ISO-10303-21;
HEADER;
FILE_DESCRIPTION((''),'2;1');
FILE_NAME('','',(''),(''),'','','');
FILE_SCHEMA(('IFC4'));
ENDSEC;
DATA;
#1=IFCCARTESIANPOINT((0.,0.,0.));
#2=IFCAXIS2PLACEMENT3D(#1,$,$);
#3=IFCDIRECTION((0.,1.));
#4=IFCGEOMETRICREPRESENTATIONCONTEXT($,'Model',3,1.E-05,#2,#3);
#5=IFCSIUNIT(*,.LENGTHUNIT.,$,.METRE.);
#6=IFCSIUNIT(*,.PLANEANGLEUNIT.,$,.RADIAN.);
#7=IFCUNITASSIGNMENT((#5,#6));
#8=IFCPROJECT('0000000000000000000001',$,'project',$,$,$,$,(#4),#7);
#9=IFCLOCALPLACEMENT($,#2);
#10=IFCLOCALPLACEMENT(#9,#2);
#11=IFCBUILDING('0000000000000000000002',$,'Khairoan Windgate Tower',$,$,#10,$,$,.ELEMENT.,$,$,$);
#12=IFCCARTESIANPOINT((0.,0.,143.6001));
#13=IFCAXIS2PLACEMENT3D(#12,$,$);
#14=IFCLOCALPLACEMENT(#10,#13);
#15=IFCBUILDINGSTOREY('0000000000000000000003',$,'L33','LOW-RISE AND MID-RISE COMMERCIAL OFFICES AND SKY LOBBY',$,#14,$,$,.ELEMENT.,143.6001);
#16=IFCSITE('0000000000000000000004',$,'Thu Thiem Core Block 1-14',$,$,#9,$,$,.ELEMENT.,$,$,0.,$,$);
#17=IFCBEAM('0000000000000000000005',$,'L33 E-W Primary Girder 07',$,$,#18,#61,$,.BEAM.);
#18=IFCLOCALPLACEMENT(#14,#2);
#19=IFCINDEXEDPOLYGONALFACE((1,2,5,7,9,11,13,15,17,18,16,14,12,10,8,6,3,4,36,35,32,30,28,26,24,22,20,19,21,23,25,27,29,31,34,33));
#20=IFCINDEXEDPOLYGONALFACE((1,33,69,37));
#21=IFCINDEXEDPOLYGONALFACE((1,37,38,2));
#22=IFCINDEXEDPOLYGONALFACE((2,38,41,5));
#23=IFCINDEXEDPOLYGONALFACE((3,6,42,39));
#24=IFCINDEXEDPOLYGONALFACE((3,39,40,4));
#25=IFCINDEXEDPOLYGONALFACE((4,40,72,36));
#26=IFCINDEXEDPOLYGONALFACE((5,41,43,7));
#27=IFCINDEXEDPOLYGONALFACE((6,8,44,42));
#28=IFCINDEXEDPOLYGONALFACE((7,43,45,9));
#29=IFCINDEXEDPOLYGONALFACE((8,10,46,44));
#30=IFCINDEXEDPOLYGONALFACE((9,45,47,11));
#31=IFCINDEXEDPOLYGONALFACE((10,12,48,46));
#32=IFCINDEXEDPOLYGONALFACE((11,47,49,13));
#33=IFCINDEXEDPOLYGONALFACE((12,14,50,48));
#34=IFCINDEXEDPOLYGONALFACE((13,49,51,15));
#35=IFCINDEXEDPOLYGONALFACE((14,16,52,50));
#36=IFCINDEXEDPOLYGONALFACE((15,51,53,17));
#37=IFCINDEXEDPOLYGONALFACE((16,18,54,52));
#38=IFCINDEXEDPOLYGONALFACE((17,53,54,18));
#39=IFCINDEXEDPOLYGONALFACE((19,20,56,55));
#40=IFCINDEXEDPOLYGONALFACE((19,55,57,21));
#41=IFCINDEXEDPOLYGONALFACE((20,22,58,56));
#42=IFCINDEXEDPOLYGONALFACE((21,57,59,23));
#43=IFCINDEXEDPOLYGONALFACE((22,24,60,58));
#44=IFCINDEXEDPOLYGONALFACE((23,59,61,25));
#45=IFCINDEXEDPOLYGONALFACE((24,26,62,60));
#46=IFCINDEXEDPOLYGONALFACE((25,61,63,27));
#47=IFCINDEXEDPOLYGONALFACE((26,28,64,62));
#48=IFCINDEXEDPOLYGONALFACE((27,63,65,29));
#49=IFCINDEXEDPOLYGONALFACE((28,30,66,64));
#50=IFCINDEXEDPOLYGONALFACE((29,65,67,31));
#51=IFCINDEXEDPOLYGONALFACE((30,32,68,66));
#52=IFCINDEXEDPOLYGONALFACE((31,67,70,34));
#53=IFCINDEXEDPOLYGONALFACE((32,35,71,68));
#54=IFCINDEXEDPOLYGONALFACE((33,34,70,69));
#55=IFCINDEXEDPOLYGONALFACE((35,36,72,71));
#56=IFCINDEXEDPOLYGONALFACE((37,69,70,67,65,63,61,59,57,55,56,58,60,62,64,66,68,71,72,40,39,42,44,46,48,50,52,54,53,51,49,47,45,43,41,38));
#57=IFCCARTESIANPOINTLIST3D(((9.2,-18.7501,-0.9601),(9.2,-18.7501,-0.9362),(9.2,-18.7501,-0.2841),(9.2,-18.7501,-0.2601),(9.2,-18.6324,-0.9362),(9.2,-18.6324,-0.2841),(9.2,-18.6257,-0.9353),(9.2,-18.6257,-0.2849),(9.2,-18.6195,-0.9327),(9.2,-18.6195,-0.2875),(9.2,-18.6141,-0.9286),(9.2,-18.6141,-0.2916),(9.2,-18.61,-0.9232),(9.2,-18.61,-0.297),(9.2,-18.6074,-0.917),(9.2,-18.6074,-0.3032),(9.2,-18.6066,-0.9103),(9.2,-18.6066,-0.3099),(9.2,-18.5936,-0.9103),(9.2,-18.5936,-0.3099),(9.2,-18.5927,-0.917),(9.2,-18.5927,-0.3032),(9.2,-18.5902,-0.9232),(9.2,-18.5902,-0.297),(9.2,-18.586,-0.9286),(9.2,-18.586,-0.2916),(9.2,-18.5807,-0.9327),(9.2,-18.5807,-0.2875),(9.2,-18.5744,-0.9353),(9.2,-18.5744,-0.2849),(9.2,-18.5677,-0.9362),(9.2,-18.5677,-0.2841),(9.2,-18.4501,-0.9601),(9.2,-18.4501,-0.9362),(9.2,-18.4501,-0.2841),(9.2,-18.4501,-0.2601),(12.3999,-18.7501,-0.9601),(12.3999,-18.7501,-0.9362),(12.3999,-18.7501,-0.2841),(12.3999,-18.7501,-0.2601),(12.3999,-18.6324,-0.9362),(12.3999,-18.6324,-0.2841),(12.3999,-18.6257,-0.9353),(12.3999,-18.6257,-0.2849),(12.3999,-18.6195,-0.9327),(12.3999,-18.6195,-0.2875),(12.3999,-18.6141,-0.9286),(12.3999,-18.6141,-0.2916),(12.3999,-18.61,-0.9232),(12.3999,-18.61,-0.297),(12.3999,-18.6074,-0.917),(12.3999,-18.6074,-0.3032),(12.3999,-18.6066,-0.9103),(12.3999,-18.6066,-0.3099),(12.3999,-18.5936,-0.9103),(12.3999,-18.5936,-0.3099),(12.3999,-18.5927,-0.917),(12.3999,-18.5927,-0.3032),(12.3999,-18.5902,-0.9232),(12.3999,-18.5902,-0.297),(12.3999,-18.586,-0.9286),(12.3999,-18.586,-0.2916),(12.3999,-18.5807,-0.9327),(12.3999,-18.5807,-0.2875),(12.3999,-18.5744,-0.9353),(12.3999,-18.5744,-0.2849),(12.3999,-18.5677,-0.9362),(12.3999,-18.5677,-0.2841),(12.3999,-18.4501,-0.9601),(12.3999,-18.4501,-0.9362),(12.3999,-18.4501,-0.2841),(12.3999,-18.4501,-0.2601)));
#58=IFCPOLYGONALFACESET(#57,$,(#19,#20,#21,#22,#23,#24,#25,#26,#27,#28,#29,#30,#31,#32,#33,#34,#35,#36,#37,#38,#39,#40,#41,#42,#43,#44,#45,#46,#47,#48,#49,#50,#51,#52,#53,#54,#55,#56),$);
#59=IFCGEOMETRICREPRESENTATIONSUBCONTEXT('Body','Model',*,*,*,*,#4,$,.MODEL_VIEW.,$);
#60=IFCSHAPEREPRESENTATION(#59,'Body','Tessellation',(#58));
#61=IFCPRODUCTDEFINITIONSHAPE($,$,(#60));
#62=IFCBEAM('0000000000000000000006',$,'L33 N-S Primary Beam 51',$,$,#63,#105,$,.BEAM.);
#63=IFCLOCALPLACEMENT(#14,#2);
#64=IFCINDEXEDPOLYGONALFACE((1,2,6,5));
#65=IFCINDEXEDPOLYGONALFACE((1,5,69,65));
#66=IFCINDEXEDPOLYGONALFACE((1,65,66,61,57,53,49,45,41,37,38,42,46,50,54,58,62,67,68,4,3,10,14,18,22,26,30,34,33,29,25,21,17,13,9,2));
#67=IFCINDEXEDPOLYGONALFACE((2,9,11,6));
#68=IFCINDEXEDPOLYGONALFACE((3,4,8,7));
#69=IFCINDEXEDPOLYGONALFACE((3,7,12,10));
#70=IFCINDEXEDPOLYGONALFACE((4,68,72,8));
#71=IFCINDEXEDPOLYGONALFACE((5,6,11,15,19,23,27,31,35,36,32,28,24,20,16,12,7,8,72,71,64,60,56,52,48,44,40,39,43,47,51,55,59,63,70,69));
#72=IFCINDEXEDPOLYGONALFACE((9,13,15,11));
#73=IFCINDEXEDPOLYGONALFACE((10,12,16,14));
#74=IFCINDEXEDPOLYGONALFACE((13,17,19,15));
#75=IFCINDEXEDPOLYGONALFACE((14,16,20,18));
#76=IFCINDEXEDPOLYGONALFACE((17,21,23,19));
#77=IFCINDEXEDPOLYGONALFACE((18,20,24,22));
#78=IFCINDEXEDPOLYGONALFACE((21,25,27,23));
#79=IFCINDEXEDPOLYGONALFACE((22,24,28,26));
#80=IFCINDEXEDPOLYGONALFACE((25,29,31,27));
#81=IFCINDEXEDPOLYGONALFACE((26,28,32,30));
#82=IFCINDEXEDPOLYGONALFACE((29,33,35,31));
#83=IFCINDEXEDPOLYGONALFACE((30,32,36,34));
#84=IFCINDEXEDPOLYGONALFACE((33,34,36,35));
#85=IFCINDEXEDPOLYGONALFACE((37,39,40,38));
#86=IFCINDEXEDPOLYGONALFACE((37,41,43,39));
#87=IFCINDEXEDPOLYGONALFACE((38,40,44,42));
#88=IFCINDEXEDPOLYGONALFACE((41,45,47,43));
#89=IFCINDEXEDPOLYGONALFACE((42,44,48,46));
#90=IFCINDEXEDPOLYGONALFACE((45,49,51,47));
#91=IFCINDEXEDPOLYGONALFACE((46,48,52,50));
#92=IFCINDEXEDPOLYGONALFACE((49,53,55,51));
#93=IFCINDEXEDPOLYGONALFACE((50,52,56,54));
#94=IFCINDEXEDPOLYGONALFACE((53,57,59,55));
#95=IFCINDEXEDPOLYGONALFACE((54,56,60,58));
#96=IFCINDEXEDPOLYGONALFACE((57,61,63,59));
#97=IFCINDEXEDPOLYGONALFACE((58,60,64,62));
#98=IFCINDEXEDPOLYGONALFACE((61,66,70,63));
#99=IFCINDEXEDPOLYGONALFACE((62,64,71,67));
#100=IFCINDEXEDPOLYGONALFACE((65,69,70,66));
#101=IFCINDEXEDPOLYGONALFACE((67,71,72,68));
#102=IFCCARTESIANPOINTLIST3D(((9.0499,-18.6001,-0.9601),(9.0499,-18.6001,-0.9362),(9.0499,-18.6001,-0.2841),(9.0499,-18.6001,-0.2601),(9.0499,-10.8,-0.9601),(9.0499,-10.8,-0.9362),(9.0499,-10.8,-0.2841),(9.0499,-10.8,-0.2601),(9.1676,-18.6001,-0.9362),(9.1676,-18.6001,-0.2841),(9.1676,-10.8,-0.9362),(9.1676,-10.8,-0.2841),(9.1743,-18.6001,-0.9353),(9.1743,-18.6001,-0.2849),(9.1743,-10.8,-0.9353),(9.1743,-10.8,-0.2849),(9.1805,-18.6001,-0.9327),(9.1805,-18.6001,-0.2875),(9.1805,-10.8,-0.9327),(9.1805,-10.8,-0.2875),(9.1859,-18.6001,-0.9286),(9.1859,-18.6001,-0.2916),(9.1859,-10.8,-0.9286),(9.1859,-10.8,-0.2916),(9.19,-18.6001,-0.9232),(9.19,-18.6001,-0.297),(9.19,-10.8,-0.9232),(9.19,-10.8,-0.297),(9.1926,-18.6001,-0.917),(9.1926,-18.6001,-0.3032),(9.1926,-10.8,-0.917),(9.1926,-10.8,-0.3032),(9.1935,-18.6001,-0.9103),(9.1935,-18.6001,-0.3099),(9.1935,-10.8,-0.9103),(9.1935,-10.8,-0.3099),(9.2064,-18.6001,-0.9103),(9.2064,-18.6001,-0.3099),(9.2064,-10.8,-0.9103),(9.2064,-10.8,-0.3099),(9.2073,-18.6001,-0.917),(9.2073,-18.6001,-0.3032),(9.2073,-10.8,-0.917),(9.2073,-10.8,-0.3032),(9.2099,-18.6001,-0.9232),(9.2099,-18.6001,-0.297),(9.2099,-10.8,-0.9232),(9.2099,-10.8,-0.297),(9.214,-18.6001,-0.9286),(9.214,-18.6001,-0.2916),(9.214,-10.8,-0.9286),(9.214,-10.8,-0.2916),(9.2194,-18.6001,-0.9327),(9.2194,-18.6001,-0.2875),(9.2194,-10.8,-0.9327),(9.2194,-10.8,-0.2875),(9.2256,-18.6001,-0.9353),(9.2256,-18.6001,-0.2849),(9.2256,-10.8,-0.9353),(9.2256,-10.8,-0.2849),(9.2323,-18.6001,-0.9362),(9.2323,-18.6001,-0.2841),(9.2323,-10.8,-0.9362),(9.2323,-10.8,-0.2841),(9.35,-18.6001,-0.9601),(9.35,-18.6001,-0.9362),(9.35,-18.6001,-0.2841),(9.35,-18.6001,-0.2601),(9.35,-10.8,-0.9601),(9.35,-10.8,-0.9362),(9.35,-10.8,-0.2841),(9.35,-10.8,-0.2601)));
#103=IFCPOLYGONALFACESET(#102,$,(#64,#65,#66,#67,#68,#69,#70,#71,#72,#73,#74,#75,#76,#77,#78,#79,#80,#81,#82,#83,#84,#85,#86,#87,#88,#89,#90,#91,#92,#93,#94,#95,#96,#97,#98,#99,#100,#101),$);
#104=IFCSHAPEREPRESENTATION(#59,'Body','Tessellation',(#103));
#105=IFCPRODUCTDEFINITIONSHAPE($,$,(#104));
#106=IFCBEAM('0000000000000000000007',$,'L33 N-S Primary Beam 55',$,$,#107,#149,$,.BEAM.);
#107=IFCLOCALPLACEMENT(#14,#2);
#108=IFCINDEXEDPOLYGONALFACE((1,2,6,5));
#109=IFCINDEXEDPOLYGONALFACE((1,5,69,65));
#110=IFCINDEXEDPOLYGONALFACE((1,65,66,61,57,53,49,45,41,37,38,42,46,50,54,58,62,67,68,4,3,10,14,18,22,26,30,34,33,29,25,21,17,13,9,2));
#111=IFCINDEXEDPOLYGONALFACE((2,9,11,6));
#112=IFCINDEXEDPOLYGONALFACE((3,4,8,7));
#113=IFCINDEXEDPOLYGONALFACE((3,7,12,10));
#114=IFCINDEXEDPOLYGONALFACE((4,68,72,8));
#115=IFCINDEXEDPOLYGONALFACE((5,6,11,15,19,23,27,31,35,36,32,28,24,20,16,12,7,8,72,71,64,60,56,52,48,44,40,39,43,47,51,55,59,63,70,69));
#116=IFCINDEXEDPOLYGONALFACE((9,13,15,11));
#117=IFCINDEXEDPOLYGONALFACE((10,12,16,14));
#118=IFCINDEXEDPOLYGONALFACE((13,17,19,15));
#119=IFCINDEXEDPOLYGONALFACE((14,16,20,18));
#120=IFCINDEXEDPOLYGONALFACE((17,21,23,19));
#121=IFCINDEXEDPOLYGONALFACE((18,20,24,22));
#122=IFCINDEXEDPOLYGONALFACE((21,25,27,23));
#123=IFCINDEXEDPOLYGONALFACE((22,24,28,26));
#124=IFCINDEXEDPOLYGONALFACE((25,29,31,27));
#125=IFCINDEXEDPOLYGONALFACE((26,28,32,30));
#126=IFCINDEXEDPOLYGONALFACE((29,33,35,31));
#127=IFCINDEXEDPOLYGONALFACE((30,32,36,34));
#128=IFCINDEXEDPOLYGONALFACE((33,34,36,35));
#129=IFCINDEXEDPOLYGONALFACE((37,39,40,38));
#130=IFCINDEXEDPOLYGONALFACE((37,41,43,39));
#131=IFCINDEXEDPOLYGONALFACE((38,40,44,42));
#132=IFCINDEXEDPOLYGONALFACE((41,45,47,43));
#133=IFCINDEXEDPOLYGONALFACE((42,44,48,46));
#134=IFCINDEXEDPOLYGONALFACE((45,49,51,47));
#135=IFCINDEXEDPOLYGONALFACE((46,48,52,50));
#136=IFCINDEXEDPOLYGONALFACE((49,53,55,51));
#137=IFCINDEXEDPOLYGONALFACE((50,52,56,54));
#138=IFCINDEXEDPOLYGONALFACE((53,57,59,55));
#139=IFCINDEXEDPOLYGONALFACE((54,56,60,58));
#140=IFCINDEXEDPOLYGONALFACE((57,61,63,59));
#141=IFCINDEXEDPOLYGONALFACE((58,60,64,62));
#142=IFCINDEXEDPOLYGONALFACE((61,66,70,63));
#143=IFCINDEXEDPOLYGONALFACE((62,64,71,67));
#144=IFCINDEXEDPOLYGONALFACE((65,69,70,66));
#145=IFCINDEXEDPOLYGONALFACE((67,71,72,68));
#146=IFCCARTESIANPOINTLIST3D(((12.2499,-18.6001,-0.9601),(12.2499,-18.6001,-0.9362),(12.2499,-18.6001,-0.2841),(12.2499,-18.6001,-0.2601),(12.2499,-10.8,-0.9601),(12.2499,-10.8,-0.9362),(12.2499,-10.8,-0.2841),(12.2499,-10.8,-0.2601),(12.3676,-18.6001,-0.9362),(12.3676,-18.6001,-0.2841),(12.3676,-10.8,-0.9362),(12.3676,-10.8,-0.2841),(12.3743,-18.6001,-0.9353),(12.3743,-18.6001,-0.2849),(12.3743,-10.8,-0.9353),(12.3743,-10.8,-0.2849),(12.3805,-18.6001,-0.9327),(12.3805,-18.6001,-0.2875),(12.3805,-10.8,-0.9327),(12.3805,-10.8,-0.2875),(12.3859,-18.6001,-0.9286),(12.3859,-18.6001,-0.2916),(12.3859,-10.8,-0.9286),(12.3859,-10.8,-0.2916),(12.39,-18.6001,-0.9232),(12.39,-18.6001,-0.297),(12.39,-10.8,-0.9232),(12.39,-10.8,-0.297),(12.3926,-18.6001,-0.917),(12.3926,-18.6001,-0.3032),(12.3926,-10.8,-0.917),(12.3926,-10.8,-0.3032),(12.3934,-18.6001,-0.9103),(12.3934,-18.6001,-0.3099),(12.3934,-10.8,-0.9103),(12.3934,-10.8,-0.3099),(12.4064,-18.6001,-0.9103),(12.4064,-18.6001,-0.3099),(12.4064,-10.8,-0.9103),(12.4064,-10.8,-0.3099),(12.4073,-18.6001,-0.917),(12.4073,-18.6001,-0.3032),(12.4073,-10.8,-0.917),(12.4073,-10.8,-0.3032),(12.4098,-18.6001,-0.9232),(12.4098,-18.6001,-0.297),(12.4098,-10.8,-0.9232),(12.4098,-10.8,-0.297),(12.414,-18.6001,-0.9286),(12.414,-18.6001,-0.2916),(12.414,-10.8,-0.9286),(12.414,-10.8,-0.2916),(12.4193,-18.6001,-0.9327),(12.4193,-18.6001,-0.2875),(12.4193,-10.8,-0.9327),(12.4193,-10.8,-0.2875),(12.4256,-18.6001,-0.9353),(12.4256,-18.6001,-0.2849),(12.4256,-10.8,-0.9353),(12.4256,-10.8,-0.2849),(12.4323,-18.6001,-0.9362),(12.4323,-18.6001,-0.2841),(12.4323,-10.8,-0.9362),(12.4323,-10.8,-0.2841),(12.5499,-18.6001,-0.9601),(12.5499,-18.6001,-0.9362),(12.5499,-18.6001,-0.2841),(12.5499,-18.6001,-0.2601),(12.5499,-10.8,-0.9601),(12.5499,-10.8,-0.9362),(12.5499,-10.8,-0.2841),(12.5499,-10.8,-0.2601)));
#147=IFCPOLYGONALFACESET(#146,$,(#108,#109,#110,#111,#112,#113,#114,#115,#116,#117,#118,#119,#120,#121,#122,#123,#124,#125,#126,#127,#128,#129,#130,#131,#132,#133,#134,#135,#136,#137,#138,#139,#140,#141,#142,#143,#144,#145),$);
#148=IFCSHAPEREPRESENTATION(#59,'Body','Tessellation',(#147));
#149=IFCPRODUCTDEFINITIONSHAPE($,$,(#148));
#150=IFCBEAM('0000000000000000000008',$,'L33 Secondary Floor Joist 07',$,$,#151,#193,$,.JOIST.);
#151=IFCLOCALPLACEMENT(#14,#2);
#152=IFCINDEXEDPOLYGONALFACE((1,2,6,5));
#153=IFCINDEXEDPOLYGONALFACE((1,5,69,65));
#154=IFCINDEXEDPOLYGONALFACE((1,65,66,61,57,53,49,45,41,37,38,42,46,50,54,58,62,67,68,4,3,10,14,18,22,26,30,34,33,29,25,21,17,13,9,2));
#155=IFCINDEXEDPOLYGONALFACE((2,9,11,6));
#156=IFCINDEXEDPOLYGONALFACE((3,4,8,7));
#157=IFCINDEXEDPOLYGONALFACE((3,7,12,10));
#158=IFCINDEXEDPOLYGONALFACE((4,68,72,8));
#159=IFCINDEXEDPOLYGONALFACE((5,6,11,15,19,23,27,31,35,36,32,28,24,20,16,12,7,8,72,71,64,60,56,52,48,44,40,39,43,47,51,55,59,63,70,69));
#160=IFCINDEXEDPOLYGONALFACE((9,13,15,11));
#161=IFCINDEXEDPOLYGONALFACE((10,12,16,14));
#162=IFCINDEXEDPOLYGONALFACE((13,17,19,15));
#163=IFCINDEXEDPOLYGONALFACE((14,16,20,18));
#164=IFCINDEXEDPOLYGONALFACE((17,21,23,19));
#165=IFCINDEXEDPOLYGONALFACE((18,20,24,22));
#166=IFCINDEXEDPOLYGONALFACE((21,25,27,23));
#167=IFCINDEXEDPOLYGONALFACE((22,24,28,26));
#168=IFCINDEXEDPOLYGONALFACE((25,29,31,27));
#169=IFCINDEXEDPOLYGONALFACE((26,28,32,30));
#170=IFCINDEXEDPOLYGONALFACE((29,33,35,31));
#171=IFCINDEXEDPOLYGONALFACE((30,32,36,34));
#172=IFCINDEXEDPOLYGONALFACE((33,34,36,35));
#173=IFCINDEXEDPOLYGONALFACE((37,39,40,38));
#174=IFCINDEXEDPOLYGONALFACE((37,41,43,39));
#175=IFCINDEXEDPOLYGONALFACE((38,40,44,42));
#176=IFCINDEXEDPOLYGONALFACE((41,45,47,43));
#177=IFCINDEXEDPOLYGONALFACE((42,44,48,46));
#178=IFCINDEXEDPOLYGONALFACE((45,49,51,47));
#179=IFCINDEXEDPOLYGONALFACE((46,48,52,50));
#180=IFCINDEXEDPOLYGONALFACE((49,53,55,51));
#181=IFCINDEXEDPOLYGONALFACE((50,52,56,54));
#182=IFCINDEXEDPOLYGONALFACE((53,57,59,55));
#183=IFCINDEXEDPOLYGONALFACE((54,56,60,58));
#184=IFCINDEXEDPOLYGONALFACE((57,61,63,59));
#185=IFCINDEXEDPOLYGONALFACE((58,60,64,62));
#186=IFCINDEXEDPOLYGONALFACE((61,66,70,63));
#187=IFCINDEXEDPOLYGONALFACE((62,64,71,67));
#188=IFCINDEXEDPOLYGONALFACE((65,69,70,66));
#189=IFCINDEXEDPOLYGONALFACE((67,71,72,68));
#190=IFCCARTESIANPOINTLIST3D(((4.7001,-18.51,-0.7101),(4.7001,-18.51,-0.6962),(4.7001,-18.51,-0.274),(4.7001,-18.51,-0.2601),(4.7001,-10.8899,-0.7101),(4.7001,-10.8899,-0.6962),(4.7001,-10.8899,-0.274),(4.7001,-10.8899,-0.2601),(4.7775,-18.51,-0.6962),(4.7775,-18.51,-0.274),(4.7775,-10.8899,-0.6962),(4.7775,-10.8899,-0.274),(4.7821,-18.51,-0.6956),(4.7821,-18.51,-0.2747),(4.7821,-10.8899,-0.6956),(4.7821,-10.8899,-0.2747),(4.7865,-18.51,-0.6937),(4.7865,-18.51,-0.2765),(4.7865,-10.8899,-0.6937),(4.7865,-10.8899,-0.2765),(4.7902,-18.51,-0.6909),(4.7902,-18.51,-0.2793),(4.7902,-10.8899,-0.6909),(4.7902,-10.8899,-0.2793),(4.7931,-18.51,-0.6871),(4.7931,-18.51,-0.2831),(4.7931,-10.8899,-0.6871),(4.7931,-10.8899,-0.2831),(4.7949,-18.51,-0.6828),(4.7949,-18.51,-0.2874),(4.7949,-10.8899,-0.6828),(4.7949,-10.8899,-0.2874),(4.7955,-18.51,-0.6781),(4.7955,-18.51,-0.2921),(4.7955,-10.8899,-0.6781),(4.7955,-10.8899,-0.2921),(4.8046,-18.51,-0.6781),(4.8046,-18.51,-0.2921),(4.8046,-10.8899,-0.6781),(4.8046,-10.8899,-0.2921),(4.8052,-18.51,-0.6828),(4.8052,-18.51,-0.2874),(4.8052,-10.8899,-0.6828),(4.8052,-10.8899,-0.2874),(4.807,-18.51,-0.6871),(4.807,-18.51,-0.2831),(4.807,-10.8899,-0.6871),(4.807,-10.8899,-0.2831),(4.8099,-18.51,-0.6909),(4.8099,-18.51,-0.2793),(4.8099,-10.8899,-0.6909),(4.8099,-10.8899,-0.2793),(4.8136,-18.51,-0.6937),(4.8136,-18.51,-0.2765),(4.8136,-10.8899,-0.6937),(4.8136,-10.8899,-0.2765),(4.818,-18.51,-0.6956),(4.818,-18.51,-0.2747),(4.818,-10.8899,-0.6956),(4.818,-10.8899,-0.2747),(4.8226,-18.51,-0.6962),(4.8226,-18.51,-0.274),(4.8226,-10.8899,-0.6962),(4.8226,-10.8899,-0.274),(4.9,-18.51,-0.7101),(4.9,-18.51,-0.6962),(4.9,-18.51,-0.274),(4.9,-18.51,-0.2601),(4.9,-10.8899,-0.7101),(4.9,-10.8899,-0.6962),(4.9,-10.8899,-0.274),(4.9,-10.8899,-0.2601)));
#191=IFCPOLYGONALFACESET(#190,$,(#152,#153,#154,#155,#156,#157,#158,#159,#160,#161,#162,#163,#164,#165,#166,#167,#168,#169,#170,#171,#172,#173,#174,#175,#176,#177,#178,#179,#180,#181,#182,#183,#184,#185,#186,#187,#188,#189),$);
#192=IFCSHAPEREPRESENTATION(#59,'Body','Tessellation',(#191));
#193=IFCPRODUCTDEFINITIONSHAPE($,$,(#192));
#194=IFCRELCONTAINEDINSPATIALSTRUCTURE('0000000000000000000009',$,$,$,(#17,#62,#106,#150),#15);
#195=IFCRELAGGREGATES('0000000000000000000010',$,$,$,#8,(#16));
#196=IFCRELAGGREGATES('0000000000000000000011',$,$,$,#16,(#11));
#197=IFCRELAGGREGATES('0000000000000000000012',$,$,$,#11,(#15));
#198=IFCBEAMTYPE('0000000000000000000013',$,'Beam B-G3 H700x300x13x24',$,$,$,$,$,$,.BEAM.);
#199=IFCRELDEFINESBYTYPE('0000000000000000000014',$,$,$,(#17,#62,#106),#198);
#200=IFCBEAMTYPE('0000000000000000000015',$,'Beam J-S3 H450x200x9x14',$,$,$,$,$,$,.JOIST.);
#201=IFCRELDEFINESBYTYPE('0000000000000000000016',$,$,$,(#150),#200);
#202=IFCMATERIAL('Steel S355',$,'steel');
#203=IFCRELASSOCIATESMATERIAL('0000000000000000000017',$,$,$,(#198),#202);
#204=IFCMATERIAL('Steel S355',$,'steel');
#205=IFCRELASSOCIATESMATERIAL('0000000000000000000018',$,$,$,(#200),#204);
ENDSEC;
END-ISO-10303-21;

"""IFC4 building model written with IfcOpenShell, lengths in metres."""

from ifc_helpers import new_model, si_unit, direction, frame, origin, origin_2d, place, context, subcontext, project, spatial, i_section, extrude, material, material_profile, profile_set, type_object, element, save


model = new_model("IFC4")

# Units and contexts
model_context = context("Model", 3, precision=1e-05, world=origin(), true_north=direction((0.0, 1.0)))
body_context = subcontext(model_context, "Body", "Model", "MODEL_VIEW")
ifc_project = project(units=[si_unit("LENGTHUNIT", "METRE"), si_unit("PLANEANGLEUNIT", "RADIAN")], contexts=[model_context])

# Site, building, storey
site_placement = place(None, origin())
site = spatial("IfcSite", under=ifc_project, at=site_placement, Name="Thu Thiem Core Block 1-14", CompositionType="ELEMENT", RefElevation=0.0)
building_placement = place(site_placement, origin())
building = spatial("IfcBuilding", under=site, at=building_placement, Name="Khairoan Windgate Tower", CompositionType="ELEMENT")
storey_placement = place(building_placement, frame((0.0, 0.0, 143.6001)))
storey = spatial("IfcBuildingStorey", under=building, at=storey_placement, Name="L33", Description="LOW-RISE AND MID-RISE COMMERCIAL OFFICES AND SKY LOBBY", CompositionType="ELEMENT", Elevation=143.6001)

# Beams
ifc_material_1 = material(Name="Steel S355", Category="steel")
ifc_material_profile_1 = material_profile(ifc_material_1, i_section(OverallWidth=0.3, OverallDepth=0.7, WebThickness=0.0129, FlangeThickness=0.0239, FilletRadius=0.0259, at=origin_2d()))
ifc_profile_set_1 = profile_set([ifc_material_profile_1], Name="Steel S355")
beam_type_1 = type_object("IfcBeamType", Name="Beam B-G3 H700x300x13x24", PredefinedType="BEAM", material=ifc_profile_set_1)
beam_1_placement = place(storey_placement, frame((9.2, -18.6001, -0.6101), z_axis=(1.0, 0.0, 0.0), x_axis=(0.0, 1.0, 0.0)))
element("IfcBeam", 1, at=beam_1_placement, inside=storey, type_object=beam_type_1, Name="L33 E-W Primary Girder 07", PredefinedType="BEAM", context=body_context, shape_type="SweptSolid", body=[
    extrude(i_section(OverallWidth=0.3, OverallDepth=0.7, WebThickness=0.0129, FlangeThickness=0.0239, FilletRadius=0.0259, at=origin_2d()), origin(), (0.0, 0.0, 1.0), 3.2),
])
for number, where, z_axis, x_axis, name in (
    (2, (9.2, -18.6001, -0.6101), (0.0, 1.0, 0.0), (-1.0, 0.0, 0.0), "L33 N-S Primary Beam 51"),
    (3, (12.3999, -18.6001, -0.6101), (0.0, 1.0, 0.0), (-1.0, 0.0, 0.0), "L33 N-S Primary Beam 55"),
):
    element("IfcBeam", number, at=place(storey_placement, frame(where, z_axis=z_axis, x_axis=x_axis)), inside=storey, type_object=beam_type_1, Name=name, PredefinedType="BEAM", context=body_context, shape_type="SweptSolid", body=[
        extrude(i_section(OverallWidth=0.3, OverallDepth=0.7, WebThickness=0.0129, FlangeThickness=0.0239, FilletRadius=0.0259, at=origin_2d()), origin(), (0.0, 0.0, 1.0), 7.8),
    ])
ifc_material_2 = material(Name="Steel S355", Category="steel")
ifc_material_profile_2 = material_profile(ifc_material_2, i_section(OverallWidth=0.2, OverallDepth=0.45, WebThickness=0.009, FlangeThickness=0.0139, FilletRadius=0.0181, at=origin_2d()))
ifc_profile_set_2 = profile_set([ifc_material_profile_2], Name="Steel S355")
beam_type_2 = type_object("IfcBeamType", Name="Beam J-S3 H450x200x9x14", PredefinedType="JOIST", material=ifc_profile_set_2)
beam_2_placement = place(storey_placement, frame((4.8, -18.51, -0.4851), z_axis=(0.0, 1.0, 0.0), x_axis=(-1.0, 0.0, 0.0)))
element("IfcBeam", 4, at=beam_2_placement, inside=storey, type_object=beam_type_2, Name="L33 Secondary Floor Joist 07", PredefinedType="JOIST", context=body_context, shape_type="SweptSolid", body=[
    extrude(i_section(OverallWidth=0.2, OverallDepth=0.45, WebThickness=0.009, FlangeThickness=0.0139, FilletRadius=0.0181, at=origin_2d()), origin(), (0.0, 0.0, 1.0), 7.6201),
])

save(model, "model.ifc")
